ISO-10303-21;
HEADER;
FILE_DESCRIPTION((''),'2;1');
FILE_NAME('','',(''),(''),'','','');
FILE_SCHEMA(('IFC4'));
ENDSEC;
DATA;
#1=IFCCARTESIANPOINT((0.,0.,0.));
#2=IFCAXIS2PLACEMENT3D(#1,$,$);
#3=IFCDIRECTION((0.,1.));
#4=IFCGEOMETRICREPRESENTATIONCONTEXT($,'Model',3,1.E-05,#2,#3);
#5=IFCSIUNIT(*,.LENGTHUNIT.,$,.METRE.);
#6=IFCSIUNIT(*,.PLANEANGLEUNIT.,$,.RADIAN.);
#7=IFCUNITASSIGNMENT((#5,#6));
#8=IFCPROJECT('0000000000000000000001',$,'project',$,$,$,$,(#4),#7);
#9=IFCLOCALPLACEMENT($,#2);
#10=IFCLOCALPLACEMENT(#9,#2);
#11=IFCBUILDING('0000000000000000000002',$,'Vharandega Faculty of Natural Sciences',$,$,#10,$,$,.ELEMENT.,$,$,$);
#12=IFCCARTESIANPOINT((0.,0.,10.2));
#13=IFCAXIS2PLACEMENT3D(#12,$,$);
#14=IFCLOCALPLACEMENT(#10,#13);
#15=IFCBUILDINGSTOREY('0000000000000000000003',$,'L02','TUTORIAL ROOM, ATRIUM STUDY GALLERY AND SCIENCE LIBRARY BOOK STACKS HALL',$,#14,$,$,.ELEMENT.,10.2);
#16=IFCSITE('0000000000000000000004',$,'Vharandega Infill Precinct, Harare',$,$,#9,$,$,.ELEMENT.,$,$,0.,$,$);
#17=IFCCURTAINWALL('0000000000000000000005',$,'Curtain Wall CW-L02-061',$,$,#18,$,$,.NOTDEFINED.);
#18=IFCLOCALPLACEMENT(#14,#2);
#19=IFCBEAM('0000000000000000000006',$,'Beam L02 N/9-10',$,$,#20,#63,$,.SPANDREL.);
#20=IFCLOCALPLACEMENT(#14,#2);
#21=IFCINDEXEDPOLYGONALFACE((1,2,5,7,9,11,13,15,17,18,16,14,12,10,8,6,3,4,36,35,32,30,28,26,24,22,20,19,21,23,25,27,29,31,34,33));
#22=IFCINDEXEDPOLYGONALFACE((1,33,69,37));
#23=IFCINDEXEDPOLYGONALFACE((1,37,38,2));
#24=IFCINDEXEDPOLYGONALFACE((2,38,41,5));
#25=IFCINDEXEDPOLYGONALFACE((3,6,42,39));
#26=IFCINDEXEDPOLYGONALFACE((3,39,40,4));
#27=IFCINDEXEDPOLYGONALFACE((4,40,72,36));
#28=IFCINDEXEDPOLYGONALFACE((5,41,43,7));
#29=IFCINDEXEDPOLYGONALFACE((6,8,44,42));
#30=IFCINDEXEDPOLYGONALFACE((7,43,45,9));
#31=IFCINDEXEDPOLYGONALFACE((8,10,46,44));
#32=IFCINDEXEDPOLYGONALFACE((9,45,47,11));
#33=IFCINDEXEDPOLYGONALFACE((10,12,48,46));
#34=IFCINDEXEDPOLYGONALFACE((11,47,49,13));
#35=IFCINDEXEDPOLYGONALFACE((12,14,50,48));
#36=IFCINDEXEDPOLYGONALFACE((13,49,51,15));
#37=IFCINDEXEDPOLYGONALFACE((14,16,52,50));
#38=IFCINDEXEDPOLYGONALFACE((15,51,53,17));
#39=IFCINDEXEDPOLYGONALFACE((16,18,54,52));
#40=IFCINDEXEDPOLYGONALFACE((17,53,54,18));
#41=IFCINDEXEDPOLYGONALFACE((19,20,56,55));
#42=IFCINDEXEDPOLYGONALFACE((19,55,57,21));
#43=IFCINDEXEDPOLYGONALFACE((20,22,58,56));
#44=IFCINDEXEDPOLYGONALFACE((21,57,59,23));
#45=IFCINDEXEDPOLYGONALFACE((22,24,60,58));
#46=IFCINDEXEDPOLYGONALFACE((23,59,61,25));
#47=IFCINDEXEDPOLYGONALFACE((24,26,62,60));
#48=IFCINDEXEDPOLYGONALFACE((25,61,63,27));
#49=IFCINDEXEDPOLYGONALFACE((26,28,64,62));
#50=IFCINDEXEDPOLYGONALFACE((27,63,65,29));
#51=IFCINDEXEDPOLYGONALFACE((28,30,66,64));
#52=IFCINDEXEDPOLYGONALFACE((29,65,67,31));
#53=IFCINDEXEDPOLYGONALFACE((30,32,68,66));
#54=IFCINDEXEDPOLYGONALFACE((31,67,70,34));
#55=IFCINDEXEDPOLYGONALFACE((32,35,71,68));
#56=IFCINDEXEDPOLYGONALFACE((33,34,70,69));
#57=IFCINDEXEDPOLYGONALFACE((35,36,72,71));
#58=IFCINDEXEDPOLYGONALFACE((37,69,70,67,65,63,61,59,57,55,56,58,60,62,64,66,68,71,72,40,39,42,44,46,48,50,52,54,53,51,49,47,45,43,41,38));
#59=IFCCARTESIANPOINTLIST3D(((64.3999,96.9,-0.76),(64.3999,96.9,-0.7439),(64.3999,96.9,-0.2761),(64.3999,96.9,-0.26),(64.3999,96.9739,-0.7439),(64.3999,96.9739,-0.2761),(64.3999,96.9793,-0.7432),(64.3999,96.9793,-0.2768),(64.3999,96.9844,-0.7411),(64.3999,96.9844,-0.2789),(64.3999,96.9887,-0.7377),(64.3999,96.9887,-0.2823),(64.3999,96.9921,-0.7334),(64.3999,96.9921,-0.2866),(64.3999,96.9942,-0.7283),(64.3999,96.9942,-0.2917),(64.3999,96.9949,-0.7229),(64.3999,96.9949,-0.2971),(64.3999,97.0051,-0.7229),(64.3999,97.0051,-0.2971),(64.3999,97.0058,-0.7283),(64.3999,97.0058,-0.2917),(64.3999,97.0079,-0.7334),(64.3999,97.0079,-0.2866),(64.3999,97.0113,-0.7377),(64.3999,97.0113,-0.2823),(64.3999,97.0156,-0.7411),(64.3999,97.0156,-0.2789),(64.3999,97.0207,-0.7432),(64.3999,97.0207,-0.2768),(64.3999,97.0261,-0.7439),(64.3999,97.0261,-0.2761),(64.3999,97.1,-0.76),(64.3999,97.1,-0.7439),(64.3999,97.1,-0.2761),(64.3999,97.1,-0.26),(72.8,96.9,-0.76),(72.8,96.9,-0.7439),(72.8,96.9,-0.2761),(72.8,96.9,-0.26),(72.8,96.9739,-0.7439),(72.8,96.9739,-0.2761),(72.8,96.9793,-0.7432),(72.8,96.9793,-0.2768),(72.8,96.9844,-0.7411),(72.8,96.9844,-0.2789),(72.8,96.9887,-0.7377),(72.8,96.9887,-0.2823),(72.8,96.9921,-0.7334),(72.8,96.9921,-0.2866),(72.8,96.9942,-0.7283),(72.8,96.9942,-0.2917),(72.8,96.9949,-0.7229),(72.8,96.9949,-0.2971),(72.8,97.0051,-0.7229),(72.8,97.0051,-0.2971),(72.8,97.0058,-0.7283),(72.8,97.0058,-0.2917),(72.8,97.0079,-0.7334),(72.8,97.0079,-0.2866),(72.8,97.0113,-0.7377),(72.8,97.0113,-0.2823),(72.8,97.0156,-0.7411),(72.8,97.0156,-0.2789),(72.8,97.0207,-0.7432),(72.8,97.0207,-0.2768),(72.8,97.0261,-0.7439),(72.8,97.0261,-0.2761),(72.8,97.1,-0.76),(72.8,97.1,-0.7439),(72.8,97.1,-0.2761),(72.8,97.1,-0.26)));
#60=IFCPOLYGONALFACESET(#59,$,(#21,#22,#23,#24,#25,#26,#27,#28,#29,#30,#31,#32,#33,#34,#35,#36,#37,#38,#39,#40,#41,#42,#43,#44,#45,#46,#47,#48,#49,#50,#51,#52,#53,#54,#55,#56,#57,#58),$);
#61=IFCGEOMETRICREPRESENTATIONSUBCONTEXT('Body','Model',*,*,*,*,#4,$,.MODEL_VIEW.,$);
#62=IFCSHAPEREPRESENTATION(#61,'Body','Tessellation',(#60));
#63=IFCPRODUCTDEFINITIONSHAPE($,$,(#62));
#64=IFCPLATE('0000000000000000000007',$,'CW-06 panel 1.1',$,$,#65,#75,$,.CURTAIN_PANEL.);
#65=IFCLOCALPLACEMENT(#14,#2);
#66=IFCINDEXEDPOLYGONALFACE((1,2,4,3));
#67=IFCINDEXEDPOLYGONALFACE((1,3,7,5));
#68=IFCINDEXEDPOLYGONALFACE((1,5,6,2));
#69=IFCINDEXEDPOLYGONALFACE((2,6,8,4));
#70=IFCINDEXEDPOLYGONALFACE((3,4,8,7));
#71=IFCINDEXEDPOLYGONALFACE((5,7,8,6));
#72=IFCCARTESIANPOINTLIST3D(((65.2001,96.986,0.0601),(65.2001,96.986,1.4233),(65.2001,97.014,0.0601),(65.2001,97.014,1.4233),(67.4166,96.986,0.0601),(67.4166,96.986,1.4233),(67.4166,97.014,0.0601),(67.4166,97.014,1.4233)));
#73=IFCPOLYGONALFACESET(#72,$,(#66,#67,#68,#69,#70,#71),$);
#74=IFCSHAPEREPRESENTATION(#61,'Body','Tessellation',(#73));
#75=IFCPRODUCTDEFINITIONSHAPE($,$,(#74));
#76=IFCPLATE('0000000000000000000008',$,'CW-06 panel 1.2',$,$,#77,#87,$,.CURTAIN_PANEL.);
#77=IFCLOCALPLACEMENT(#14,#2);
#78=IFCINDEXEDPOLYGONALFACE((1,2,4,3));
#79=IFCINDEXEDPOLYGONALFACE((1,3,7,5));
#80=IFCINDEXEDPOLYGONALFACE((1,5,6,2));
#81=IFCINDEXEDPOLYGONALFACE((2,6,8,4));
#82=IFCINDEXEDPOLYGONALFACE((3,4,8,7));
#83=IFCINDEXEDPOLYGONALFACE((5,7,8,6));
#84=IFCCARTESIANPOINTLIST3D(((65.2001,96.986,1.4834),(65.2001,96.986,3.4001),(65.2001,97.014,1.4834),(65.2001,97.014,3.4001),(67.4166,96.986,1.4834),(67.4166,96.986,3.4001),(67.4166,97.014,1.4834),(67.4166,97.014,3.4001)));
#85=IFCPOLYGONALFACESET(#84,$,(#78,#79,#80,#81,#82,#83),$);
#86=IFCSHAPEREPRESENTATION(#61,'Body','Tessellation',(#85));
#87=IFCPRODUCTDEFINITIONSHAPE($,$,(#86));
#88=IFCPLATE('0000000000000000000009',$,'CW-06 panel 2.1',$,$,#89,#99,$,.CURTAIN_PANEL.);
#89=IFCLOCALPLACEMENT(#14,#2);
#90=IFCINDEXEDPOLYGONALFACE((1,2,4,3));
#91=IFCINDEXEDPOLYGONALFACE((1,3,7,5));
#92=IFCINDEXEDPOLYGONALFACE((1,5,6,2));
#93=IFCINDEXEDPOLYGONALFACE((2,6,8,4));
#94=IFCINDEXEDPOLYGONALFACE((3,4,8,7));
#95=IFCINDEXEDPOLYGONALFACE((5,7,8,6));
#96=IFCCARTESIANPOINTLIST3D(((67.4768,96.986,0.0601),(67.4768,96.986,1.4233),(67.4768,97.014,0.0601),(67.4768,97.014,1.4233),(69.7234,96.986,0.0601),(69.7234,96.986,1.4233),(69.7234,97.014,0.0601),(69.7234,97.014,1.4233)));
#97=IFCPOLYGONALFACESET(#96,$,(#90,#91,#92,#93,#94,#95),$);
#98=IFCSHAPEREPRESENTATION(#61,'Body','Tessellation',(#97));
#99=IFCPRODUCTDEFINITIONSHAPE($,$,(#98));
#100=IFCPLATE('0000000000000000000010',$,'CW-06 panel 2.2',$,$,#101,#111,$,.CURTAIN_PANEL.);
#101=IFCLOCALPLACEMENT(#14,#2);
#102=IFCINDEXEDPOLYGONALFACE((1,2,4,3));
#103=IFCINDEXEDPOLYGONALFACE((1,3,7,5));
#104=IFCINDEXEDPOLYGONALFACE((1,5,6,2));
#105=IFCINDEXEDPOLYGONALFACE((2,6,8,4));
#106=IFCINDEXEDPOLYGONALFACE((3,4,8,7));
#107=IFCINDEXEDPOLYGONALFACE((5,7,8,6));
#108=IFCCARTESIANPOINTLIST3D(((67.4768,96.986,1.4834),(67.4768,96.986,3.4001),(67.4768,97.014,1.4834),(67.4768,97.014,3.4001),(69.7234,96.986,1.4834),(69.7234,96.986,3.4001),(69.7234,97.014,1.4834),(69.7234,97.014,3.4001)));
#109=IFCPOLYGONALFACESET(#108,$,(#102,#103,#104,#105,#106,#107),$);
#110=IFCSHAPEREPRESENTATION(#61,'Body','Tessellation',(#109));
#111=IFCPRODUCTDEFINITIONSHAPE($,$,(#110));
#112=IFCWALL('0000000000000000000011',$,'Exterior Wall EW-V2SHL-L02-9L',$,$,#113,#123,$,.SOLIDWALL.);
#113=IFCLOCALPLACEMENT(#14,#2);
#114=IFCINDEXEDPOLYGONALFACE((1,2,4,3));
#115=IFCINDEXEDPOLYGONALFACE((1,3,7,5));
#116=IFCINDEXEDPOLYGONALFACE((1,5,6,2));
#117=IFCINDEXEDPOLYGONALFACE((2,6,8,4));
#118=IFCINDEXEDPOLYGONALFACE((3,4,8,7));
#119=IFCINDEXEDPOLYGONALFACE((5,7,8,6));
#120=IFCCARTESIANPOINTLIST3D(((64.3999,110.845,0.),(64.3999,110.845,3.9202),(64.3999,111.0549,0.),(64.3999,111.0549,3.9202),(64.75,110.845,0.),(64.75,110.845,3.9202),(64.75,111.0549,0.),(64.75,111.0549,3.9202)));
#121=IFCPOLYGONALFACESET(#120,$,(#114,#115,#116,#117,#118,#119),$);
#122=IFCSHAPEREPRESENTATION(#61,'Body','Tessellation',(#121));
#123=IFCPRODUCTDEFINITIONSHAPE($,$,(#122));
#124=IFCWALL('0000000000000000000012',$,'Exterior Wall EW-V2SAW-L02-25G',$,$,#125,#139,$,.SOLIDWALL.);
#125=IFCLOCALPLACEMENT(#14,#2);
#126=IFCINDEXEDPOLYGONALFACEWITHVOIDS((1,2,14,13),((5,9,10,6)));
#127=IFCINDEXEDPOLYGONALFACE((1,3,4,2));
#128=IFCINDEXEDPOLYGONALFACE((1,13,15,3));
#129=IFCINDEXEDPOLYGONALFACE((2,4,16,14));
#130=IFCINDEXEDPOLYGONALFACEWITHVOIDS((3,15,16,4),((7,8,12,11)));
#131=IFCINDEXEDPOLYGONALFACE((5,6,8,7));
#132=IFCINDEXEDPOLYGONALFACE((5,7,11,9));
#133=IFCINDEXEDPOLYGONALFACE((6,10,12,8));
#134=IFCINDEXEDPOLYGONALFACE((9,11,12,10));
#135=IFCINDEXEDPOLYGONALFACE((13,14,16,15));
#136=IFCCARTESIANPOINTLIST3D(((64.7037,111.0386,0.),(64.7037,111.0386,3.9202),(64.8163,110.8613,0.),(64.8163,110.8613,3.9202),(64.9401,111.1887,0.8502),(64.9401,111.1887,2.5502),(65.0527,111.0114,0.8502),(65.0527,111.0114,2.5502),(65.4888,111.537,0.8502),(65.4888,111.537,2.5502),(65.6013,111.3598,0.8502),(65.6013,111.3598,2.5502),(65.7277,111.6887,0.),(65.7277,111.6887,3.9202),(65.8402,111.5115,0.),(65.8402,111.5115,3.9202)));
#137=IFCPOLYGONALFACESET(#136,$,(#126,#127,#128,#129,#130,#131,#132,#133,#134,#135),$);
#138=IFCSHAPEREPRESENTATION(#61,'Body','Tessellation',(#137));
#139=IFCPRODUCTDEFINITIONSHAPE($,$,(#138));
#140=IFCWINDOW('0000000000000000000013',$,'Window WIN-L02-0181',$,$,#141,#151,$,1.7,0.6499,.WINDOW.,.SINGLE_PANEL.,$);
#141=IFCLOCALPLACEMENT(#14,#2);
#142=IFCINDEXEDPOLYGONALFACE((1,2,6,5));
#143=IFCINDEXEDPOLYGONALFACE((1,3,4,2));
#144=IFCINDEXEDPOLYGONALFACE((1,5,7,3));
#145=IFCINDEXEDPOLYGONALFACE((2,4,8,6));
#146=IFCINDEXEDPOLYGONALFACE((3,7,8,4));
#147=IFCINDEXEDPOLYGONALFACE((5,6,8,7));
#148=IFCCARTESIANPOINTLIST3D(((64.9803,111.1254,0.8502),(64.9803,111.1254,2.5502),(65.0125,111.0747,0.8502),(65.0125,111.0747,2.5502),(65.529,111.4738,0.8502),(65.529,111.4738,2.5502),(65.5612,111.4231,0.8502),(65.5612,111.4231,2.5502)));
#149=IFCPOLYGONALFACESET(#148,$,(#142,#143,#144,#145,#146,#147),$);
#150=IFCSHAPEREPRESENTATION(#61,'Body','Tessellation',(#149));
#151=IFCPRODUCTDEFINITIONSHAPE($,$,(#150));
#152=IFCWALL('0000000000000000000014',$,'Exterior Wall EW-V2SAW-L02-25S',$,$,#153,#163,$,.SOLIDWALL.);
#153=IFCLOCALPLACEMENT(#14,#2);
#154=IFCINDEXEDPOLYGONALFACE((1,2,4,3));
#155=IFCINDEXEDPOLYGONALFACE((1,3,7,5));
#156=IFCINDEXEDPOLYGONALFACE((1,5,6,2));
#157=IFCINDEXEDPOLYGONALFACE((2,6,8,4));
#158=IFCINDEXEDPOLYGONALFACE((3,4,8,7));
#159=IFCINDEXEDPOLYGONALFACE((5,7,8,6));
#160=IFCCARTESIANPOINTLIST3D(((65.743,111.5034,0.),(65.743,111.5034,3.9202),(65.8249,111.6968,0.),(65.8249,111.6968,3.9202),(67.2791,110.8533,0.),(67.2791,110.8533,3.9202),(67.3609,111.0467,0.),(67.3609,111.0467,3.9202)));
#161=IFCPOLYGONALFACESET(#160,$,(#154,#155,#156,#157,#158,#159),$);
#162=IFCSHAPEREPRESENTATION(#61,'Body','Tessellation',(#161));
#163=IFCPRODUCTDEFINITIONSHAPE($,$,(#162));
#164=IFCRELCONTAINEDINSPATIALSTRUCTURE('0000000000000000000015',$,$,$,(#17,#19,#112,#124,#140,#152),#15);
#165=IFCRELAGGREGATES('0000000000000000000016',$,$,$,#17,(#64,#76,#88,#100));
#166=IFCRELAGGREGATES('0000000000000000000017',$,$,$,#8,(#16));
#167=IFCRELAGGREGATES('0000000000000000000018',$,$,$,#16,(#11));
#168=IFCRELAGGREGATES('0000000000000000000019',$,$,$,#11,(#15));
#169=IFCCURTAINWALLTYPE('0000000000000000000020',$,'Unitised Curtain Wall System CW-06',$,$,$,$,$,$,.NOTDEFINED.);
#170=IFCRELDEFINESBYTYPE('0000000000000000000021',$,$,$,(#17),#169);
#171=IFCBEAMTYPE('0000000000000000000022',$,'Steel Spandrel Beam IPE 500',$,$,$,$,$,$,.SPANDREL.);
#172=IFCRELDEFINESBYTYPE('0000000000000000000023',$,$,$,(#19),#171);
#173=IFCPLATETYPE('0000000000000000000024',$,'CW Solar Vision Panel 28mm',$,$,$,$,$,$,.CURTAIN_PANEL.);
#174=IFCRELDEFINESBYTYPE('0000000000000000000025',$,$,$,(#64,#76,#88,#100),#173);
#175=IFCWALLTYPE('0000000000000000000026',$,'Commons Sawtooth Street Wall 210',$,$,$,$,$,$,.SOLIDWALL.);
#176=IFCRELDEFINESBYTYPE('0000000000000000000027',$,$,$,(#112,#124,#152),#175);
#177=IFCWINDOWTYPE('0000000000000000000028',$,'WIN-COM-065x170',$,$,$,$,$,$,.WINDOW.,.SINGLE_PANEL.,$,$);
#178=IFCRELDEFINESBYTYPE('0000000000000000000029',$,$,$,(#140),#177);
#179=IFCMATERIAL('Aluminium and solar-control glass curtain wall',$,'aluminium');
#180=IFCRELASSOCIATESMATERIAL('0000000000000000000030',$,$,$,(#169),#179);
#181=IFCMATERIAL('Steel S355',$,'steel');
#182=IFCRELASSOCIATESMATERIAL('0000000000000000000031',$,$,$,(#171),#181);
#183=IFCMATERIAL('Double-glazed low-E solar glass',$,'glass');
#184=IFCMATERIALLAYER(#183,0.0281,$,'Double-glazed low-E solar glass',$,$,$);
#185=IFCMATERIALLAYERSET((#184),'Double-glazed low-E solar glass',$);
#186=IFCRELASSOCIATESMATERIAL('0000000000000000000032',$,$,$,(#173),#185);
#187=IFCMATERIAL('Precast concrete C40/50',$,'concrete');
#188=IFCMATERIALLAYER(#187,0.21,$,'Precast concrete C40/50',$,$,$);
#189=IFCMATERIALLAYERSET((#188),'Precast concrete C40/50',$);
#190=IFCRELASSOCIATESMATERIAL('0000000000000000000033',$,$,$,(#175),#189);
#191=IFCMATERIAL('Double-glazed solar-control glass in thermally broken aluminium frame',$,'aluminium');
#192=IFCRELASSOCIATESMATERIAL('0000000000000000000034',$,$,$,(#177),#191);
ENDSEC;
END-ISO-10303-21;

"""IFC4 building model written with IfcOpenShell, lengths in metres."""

from ifc_helpers import new_model, si_unit, direction, frame, frame_2d, origin, origin_2d, place, context, subcontext, project, spatial, rectangle, i_section, extrude, material, layer, layer_set, material_profile, profile_set, type_object, element, fill, aggregate, save


model = new_model("IFC4")

# Units and contexts
model_context = context("Model", 3, precision=1e-05, world=origin(), true_north=direction((0.0, 1.0)))
body_context = subcontext(model_context, "Body", "Model", "MODEL_VIEW")
ifc_project = project(units=[si_unit("LENGTHUNIT", "METRE"), si_unit("PLANEANGLEUNIT", "RADIAN")], contexts=[model_context])

# Site, building, storey
site_placement = place(None, origin())
site = spatial("IfcSite", under=ifc_project, at=site_placement, Name="Vharandega Infill Precinct, Harare", CompositionType="ELEMENT", RefElevation=0.0)
building_placement = place(site_placement, origin())
building = spatial("IfcBuilding", under=site, at=building_placement, Name="Vharandega Faculty of Natural Sciences", CompositionType="ELEMENT")
storey_placement = place(building_placement, frame((0.0, 0.0, 10.2)))
storey = spatial("IfcBuildingStorey", under=building, at=storey_placement, Name="L02", Description="TUTORIAL ROOM, ATRIUM STUDY GALLERY AND SCIENCE LIBRARY BOOK STACKS HALL", CompositionType="ELEMENT", Elevation=10.2)

# Curtain wall
ifc_material_1 = material(Name="Aluminium and solar-control glass curtain wall", Category="aluminium")
curtain_wall_type = type_object("IfcCurtainWallType", Name="Unitised Curtain Wall System CW-06", PredefinedType="NOTDEFINED", material=ifc_material_1)
curtain_wall_placement = place(storey_placement, origin())
curtain_wall = element("IfcCurtainWall", 1, at=curtain_wall_placement, inside=storey, type_object=curtain_wall_type, Name="Curtain Wall CW-L02-061", PredefinedType="NOTDEFINED")

# Beam
ifc_material_2 = material(Name="Steel S355", Category="steel")
ifc_material_profile_1 = material_profile(ifc_material_2, i_section(OverallWidth=0.2, OverallDepth=0.5, WebThickness=0.0103, FlangeThickness=0.0161, FilletRadius=0.021, at=origin_2d()), Name="IPE 500")
ifc_profile_set_1 = profile_set([ifc_material_profile_1], Name="Steel S355")
beam_type_1 = type_object("IfcBeamType", Name="Steel Spandrel Beam IPE 500", PredefinedType="SPANDREL", material=ifc_profile_set_1)
beam_1_placement = place(storey_placement, frame((64.3999, 97.0, -0.51), z_axis=(1.0, 0.0, 0.0), x_axis=(0.0, 1.0, 0.0)))
element("IfcBeam", 2, at=beam_1_placement, inside=storey, type_object=beam_type_1, Name="Beam L02 N/9-10", PredefinedType="SPANDREL", context=body_context, shape_type="SweptSolid", body=[
    extrude(i_section(OverallWidth=0.2, OverallDepth=0.5, WebThickness=0.0103, FlangeThickness=0.0161, FilletRadius=0.021, at=origin_2d()), origin(), (0.0, 0.0, 1.0), 8.4001),
])

# Plates
ifc_material_3 = material(Name="Double-glazed low-E solar glass", Category="glass")
ifc_layer_1 = layer(ifc_material_3, 0.0281, Name="Double-glazed low-E solar glass")
ifc_layer_set_1 = layer_set([ifc_layer_1], Name="Double-glazed low-E solar glass")
plate_type = type_object("IfcPlateType", Name="CW Solar Vision Panel 28mm", PredefinedType="CURTAIN_PANEL", material=ifc_layer_set_1)
plate_1_placement = place(storey_placement, frame((66.3083, 97.0, 0.0601), z_axis=(0.0, 0.0, 1.0), x_axis=(1.0, 0.0, 0.0)))
plate_1 = element("IfcPlate", 3, at=plate_1_placement, type_object=plate_type, Name="CW-06 panel 1.1", PredefinedType="CURTAIN_PANEL", context=body_context, shape_type="SweptSolid", body=[
    extrude(rectangle(XDim=2.2166, YDim=0.0281, at=origin_2d()), origin(), (0.0, 0.0, 1.0), 1.3633),
])
plate_2_placement = place(storey_placement, frame((66.3083, 97.0, 1.4834), z_axis=(0.0, 0.0, 1.0), x_axis=(1.0, 0.0, 0.0)))
plate_2 = element("IfcPlate", 4, at=plate_2_placement, type_object=plate_type, Name="CW-06 panel 1.2", PredefinedType="CURTAIN_PANEL", context=body_context, shape_type="SweptSolid", body=[
    extrude(rectangle(XDim=2.2166, YDim=0.0281, at=origin_2d()), origin(), (0.0, 0.0, 1.0), 1.9167),
])
plate_3_placement = place(storey_placement, frame((68.6001, 97.0, 0.0601), z_axis=(0.0, 0.0, 1.0), x_axis=(1.0, 0.0, 0.0)))
plate_3 = element("IfcPlate", 5, at=plate_3_placement, type_object=plate_type, Name="CW-06 panel 2.1", PredefinedType="CURTAIN_PANEL", context=body_context, shape_type="SweptSolid", body=[
    extrude(rectangle(XDim=2.2466, YDim=0.0281, at=origin_2d()), origin(), (0.0, 0.0, 1.0), 1.3633),
])
plate_4_placement = place(storey_placement, frame((68.6001, 97.0, 1.4834), z_axis=(0.0, 0.0, 1.0), x_axis=(1.0, 0.0, 0.0)))
plate_4 = element("IfcPlate", 6, at=plate_4_placement, type_object=plate_type, Name="CW-06 panel 2.2", PredefinedType="CURTAIN_PANEL", context=body_context, shape_type="SweptSolid", body=[
    extrude(rectangle(XDim=2.2466, YDim=0.0281, at=origin_2d()), origin(), (0.0, 0.0, 1.0), 1.9167),
])
aggregate(curtain_wall, [plate_1, plate_2, plate_3, plate_4])

# Wall
ifc_material_4 = material(Name="Precast concrete C40/50", Category="concrete")
ifc_layer_2 = layer(ifc_material_4, 0.21, Name="Precast concrete C40/50")
ifc_layer_set_2 = layer_set([ifc_layer_2], Name="Precast concrete C40/50")
wall_type = type_object("IfcWallType", Name="Commons Sawtooth Street Wall 210", PredefinedType="SOLIDWALL", material=ifc_layer_set_2)
wall_1_placement = place(storey_placement, frame((64.3999, 110.95, 0.0), z_axis=(0.0, 0.0, 1.0), x_axis=(1.0, 0.0, 0.0)))
element("IfcWall", 7, at=wall_1_placement, inside=storey, type_object=wall_type, Name="Exterior Wall EW-V2SHL-L02-9L", PredefinedType="SOLIDWALL", context=body_context, shape_type="SweptSolid", body=[
    extrude(rectangle(XDim=0.3501, YDim=0.21, at=frame_2d((0.175, 0.0))), origin(), (0.0, 0.0, 1.0), 3.9202),
])

# Wall, opening, window
wall_2_placement = place(storey_placement, frame((64.76, 110.95, 0.0), z_axis=(0.0, 0.0, 1.0), x_axis=(0.8442, 0.536029, 0.0)))
wall_2 = element("IfcWall", 8, at=wall_2_placement, inside=storey, type_object=wall_type, Name="Exterior Wall EW-V2SAW-L02-25G", PredefinedType="SOLIDWALL", context=body_context, shape_type="SweptSolid", body=[
    extrude(rectangle(XDim=1.2129, YDim=0.21, at=frame_2d((0.6064, 0.0))), origin(), (0.0, 0.0, 1.0), 3.9202),
])
opening_1_placement = place(wall_2_placement, frame((0.28, 0.0, 0.8501)))
opening_1 = element("IfcOpeningElement", 9, at=opening_1_placement, cuts=wall_2, PredefinedType="OPENING", context=body_context, shape_type="SweptSolid", body=[
    extrude(rectangle(XDim=0.6499, YDim=1.7, at=frame_2d((0.325, 0.8501))), frame((0.0, 0.115, 0.0), z_axis=(0.0, -1.0, 0.0), x_axis=(1.0, 0.0, 0.0)), (0.0, 0.0, 1.0), 0.23),
])
ifc_material_5 = material(Name="Double-glazed solar-control glass in thermally broken aluminium frame", Category="aluminium")
window_type_1 = type_object("IfcWindowType", Name="WIN-COM-065x170", PartitioningType="SINGLE_PANEL", PredefinedType="WINDOW", material=ifc_material_5)
window_1_placement = place(opening_1_placement, origin())
window_1 = element("IfcWindow", 10, at=window_1_placement, inside=storey, type_object=window_type_1, Name="Window WIN-L02-0181", OverallHeight=1.7, OverallWidth=0.6499, PartitioningType="SINGLE_PANEL", PredefinedType="WINDOW", context=body_context, shape_type="SweptSolid", body=[
    extrude(rectangle(XDim=0.6499, YDim=1.7, at=frame_2d((0.325, 0.8501))), frame((0.0, 0.03, 0.0), z_axis=(0.0, -1.0, 0.0), x_axis=(1.0, 0.0, 0.0)), (0.0, 0.0, 1.0), 0.0601),
])
fill(opening_1, window_1)

# Wall
wall_3_placement = place(storey_placement, frame((65.7839, 111.6001, 0.0), z_axis=(0.0, 0.0, 1.0), x_axis=(0.920915, -0.389764, 0.0)))
element("IfcWall", 11, at=wall_3_placement, inside=storey, type_object=wall_type, Name="Exterior Wall EW-V2SAW-L02-25S", PredefinedType="SOLIDWALL", context=body_context, shape_type="SweptSolid", body=[
    extrude(rectangle(XDim=1.668, YDim=0.21, at=frame_2d((0.834, 0.0))), origin(), (0.0, 0.0, 1.0), 3.9202),
])

save(model, "model.ifc")
